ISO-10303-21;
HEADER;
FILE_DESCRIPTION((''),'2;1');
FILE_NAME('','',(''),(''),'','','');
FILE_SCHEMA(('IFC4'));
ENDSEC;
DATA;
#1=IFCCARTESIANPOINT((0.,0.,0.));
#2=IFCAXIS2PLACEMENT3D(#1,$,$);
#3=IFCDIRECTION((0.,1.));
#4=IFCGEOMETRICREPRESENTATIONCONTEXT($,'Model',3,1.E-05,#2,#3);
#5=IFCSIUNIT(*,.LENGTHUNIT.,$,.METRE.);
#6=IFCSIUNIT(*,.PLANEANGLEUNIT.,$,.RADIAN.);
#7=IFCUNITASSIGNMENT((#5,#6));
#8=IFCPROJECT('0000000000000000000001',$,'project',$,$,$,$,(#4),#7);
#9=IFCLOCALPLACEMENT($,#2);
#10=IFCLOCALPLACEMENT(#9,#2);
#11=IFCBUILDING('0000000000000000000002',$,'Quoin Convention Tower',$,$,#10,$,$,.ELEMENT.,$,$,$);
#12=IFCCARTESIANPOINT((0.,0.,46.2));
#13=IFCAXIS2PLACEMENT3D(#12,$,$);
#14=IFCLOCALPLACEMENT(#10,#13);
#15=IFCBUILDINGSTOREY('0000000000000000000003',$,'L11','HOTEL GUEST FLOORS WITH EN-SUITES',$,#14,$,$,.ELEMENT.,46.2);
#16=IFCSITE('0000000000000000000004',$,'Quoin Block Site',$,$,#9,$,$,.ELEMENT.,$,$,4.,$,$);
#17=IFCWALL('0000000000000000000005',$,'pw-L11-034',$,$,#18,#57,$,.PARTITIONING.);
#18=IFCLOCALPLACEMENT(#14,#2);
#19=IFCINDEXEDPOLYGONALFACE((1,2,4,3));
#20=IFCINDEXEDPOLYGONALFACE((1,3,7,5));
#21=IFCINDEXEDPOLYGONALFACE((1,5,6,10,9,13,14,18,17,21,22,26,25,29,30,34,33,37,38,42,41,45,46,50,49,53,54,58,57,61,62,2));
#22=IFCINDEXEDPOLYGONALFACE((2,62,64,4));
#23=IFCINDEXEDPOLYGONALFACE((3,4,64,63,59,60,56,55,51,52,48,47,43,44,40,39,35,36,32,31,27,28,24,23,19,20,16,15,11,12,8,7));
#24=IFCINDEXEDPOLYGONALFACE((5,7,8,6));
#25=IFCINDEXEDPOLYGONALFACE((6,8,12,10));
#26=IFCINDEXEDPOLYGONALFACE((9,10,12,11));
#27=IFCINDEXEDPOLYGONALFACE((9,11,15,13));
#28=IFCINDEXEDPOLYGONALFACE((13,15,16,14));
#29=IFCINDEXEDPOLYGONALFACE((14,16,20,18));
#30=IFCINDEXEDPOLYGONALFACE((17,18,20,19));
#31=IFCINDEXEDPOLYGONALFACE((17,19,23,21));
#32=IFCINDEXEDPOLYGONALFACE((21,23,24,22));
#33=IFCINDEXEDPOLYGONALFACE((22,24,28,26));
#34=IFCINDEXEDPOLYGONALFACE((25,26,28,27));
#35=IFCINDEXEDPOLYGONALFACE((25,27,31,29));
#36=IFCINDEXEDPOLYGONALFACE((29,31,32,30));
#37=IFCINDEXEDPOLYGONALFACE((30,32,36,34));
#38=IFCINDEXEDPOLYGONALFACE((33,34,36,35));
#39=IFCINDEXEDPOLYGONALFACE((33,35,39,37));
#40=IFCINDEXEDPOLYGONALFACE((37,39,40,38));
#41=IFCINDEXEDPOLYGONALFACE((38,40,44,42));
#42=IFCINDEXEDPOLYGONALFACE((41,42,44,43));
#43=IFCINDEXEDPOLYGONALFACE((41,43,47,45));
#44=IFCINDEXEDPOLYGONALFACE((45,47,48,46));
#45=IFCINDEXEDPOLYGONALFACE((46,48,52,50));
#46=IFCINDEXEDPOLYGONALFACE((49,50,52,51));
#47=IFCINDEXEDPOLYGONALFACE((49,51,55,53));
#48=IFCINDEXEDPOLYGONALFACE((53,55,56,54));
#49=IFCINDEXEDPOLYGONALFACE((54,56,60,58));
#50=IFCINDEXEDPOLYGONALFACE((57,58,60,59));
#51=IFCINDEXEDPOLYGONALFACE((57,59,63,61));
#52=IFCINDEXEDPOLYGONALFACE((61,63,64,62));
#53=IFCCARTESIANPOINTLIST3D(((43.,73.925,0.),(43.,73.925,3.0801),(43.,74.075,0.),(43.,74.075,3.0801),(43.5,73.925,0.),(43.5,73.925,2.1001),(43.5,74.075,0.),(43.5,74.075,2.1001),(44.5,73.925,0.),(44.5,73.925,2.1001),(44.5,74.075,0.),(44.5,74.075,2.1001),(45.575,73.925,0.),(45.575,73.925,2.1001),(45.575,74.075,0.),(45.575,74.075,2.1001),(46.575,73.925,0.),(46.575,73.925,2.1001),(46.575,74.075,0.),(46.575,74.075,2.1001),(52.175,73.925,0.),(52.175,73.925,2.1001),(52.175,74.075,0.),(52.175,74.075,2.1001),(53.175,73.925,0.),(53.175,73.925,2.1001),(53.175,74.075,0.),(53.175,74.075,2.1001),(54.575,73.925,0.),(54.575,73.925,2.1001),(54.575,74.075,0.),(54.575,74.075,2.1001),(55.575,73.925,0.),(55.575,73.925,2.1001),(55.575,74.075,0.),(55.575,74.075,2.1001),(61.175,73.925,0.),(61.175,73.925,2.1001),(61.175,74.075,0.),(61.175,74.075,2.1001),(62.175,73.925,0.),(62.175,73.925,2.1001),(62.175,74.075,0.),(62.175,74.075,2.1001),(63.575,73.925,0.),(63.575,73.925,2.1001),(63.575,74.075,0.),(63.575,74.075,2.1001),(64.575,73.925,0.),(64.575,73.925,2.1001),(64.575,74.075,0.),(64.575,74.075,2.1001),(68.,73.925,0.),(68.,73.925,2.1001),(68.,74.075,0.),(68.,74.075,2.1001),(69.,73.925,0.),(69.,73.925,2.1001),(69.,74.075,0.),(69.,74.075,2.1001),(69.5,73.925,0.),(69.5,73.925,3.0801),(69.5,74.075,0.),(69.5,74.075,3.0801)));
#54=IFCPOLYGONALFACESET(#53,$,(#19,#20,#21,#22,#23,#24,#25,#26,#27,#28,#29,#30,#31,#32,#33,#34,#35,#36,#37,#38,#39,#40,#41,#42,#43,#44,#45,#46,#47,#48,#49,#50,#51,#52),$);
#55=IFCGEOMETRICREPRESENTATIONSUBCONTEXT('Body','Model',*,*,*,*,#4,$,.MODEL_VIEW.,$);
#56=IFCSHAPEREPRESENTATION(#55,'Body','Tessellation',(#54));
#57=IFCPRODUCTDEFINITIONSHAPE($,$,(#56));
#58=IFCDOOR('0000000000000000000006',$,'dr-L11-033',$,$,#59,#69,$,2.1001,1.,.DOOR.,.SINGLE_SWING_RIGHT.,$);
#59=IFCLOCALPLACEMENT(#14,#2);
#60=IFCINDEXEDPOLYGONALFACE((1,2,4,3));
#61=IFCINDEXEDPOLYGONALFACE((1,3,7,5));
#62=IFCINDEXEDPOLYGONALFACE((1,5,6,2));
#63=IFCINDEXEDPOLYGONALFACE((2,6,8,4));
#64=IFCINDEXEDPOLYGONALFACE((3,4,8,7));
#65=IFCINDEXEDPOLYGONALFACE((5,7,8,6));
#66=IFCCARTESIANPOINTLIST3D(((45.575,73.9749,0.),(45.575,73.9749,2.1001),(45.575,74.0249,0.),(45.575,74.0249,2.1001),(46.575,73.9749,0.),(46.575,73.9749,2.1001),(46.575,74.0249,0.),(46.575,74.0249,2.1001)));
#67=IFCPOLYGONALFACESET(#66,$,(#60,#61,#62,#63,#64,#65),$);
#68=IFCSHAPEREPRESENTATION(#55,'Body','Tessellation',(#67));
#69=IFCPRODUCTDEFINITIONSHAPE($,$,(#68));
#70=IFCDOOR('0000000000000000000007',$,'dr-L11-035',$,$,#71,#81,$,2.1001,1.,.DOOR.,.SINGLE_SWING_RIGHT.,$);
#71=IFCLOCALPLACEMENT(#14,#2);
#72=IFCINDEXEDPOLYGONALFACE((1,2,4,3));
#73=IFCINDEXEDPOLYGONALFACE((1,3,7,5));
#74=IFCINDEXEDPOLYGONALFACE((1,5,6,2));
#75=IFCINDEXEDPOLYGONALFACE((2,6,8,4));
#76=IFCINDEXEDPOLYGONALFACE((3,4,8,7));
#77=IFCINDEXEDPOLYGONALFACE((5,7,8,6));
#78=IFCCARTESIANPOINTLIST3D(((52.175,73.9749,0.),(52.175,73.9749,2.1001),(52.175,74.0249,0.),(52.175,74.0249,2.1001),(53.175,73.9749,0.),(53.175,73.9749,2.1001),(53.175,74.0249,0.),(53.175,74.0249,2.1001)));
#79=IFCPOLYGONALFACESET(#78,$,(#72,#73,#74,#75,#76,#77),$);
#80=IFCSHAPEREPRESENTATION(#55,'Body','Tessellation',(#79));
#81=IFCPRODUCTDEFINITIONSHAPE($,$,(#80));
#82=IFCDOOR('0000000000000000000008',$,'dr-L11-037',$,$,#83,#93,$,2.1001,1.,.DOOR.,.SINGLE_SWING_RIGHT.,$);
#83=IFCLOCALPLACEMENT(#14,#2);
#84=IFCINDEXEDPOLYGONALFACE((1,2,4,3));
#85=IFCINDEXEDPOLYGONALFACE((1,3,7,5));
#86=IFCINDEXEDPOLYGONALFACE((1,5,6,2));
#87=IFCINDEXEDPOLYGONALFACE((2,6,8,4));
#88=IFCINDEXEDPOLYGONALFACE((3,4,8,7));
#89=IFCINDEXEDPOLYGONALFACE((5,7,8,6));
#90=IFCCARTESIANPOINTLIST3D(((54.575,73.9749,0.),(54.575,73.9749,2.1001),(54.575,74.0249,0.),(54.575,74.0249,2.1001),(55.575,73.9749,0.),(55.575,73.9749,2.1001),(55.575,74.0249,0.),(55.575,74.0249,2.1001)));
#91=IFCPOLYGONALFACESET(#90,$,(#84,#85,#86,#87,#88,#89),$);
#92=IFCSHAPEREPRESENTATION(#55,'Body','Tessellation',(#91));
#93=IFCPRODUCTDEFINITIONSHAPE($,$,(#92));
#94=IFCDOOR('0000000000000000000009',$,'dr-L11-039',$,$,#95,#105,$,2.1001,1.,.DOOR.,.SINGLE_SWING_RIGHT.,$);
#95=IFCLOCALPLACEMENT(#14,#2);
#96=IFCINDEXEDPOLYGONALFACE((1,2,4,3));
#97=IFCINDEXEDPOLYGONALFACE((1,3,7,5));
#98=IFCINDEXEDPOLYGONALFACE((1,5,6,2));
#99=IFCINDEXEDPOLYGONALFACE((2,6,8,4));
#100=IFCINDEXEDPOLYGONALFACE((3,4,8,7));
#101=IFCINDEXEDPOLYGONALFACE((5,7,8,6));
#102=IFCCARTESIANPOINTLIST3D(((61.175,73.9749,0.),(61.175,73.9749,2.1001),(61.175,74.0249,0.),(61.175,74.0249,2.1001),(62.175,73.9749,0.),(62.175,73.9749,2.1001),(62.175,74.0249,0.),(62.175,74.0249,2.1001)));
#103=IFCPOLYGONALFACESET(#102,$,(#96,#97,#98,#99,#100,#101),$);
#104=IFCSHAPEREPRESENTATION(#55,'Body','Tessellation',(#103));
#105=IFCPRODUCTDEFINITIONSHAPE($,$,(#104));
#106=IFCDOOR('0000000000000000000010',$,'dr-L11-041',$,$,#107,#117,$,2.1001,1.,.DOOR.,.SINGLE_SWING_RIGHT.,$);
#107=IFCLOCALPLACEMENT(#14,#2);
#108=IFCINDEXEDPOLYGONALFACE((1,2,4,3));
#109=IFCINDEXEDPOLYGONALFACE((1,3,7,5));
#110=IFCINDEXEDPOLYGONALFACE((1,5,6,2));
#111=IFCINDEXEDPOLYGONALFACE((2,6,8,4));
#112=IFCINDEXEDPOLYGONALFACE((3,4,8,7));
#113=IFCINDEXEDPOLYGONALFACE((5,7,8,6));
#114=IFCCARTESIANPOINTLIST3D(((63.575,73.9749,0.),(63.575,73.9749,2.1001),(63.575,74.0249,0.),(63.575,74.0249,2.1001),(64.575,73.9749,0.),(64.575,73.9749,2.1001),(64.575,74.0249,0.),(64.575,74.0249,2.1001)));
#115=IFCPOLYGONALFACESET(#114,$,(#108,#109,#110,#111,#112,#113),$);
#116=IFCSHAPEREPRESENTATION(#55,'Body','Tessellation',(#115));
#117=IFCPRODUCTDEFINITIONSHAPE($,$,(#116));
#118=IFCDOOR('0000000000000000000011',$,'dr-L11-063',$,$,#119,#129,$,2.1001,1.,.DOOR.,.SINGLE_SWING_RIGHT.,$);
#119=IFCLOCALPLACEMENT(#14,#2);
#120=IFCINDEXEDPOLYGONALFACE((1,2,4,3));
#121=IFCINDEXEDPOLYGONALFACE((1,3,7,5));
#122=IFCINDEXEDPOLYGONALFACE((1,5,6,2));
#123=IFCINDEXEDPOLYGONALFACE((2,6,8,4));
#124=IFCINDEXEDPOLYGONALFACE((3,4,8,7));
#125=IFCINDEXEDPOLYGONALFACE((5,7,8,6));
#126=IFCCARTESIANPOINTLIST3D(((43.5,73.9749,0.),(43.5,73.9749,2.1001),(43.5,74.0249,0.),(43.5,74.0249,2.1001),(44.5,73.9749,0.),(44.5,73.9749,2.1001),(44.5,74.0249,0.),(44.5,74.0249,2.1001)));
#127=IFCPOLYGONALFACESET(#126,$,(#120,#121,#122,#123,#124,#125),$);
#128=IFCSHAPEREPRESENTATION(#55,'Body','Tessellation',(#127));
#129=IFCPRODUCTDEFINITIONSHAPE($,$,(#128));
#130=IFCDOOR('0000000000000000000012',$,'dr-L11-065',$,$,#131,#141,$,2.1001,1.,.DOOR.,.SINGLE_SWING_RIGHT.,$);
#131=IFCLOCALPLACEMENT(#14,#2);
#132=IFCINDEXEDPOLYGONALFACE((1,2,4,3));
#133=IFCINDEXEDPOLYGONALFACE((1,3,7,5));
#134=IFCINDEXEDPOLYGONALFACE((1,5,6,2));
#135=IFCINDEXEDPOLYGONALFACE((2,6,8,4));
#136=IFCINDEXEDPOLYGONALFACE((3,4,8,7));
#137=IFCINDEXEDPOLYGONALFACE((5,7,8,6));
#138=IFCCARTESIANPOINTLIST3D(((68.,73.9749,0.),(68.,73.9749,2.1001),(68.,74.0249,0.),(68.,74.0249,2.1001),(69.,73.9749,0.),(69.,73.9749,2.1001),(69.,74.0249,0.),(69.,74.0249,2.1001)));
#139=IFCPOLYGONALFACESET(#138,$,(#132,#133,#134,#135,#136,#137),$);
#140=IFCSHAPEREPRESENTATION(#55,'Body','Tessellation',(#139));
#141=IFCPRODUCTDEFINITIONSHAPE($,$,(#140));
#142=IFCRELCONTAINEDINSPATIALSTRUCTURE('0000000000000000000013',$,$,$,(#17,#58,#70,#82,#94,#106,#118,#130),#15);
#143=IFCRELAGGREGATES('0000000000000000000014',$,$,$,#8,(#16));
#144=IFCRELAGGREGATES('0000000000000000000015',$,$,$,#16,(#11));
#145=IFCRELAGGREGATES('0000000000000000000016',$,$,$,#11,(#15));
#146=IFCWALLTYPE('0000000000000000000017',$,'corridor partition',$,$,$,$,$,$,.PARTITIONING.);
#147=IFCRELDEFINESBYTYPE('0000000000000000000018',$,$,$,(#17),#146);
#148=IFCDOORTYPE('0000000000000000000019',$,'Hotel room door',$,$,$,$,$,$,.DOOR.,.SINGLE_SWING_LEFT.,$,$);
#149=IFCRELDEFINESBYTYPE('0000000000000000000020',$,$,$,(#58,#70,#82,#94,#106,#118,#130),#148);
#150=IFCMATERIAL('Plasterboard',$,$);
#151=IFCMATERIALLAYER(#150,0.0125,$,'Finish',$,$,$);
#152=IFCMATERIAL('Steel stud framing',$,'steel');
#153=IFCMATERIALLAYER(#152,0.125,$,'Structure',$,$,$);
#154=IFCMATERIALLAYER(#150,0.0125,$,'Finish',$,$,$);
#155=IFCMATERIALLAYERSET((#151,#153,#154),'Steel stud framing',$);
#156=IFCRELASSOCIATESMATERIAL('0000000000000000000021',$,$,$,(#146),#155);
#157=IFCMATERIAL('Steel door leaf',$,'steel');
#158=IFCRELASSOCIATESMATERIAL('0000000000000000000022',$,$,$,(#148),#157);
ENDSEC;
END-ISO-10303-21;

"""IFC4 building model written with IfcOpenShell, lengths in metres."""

from ifc_helpers import new_model, si_unit, direction, frame, frame_2d, origin, place, context, subcontext, project, spatial, rectangle, extrude, material, layer, layer_set, type_object, element, fill, save


model = new_model("IFC4")

# Units and contexts
model_context = context("Model", 3, precision=1e-05, world=origin(), true_north=direction((0.0, 1.0)))
body_context = subcontext(model_context, "Body", "Model", "MODEL_VIEW")
ifc_project = project(units=[si_unit("LENGTHUNIT", "METRE"), si_unit("PLANEANGLEUNIT", "RADIAN")], contexts=[model_context])

# Site, building, storey
site_placement = place(None, origin())
site = spatial("IfcSite", under=ifc_project, at=site_placement, Name="Quoin Block Site", CompositionType="ELEMENT", RefElevation=4.0)
building_placement = place(site_placement, origin())
building = spatial("IfcBuilding", under=site, at=building_placement, Name="Quoin Convention Tower", CompositionType="ELEMENT")
storey_placement = place(building_placement, frame((0.0, 0.0, 46.2)))
storey = spatial("IfcBuildingStorey", under=building, at=storey_placement, Name="L11", Description="HOTEL GUEST FLOORS WITH EN-SUITES", CompositionType="ELEMENT", Elevation=46.2)

# Shared definitions
ifc_material_1 = material(Name="Plasterboard")
ifc_material_2 = material(Name="Steel stud framing", Category="steel")
ifc_material_3 = material(Name="Steel door leaf", Category="steel")

# Wall, openings, doors
ifc_layer_1 = layer(ifc_material_1, 0.0125, Name="Finish")
ifc_layer_2 = layer(ifc_material_2, 0.125, Name="Structure")
ifc_layer_3 = layer(ifc_material_1, 0.0125, Name="Finish")
ifc_layer_set_1 = layer_set([ifc_layer_1, ifc_layer_2, ifc_layer_3], Name="Steel stud framing")
wall_type_1 = type_object("IfcWallType", Name="corridor partition", PredefinedType="PARTITIONING", material=ifc_layer_set_1)
wall_1_placement = place(storey_placement, frame((43.0, 74.0, 0.0), z_axis=(0.0, 0.0, 1.0), x_axis=(1.0, 0.0, 0.0)))
wall_1 = element("IfcWall", 1, at=wall_1_placement, inside=storey, type_object=wall_type_1, Name="pw-L11-034", PredefinedType="PARTITIONING", context=body_context, shape_type="SweptSolid", body=[
    extrude(rectangle(XDim=26.5, YDim=0.1499, at=frame_2d((13.25, 0.0))), origin(), (0.0, 0.0, 1.0), 3.0801),
])
opening_1_placement = place(wall_1_placement, frame((2.575, 0.0, 0.0)))
opening_1 = element("IfcOpeningElement", 2, at=opening_1_placement, cuts=wall_1, PredefinedType="OPENING", context=body_context, shape_type="SweptSolid", body=[
    extrude(rectangle(XDim=1.0, YDim=2.1001, at=frame_2d((0.5, 1.05))), frame((0.0, 0.085, 0.0), z_axis=(0.0, -1.0, 0.0), x_axis=(1.0, 0.0, 0.0)), (0.0, 0.0, 1.0), 0.1699),
])
opening_2_placement = place(wall_1_placement, frame((9.175, 0.0, 0.0)))
opening_2 = element("IfcOpeningElement", 3, at=opening_2_placement, cuts=wall_1, PredefinedType="OPENING", context=body_context, shape_type="SweptSolid", body=[
    extrude(rectangle(XDim=1.0, YDim=2.1001, at=frame_2d((0.5, 1.05))), frame((0.0, 0.085, 0.0), z_axis=(0.0, -1.0, 0.0), x_axis=(1.0, 0.0, 0.0)), (0.0, 0.0, 1.0), 0.1699),
])
opening_3_placement = place(wall_1_placement, frame((11.575, 0.0, 0.0)))
opening_3 = element("IfcOpeningElement", 4, at=opening_3_placement, cuts=wall_1, PredefinedType="OPENING", context=body_context, shape_type="SweptSolid", body=[
    extrude(rectangle(XDim=1.0, YDim=2.1001, at=frame_2d((0.5, 1.05))), frame((0.0, 0.085, 0.0), z_axis=(0.0, -1.0, 0.0), x_axis=(1.0, 0.0, 0.0)), (0.0, 0.0, 1.0), 0.1699),
])
opening_4_placement = place(wall_1_placement, frame((18.175, 0.0, 0.0)))
opening_4 = element("IfcOpeningElement", 5, at=opening_4_placement, cuts=wall_1, PredefinedType="OPENING", context=body_context, shape_type="SweptSolid", body=[
    extrude(rectangle(XDim=1.0, YDim=2.1001, at=frame_2d((0.5, 1.05))), frame((0.0, 0.085, 0.0), z_axis=(0.0, -1.0, 0.0), x_axis=(1.0, 0.0, 0.0)), (0.0, 0.0, 1.0), 0.1699),
])
opening_5_placement = place(wall_1_placement, frame((20.575, 0.0, 0.0)))
opening_5 = element("IfcOpeningElement", 6, at=opening_5_placement, cuts=wall_1, PredefinedType="OPENING", context=body_context, shape_type="SweptSolid", body=[
    extrude(rectangle(XDim=1.0, YDim=2.1001, at=frame_2d((0.5, 1.05))), frame((0.0, 0.085, 0.0), z_axis=(0.0, -1.0, 0.0), x_axis=(1.0, 0.0, 0.0)), (0.0, 0.0, 1.0), 0.1699),
])
opening_6_placement = place(wall_1_placement, frame((0.5, 0.0, 0.0)))
opening_6 = element("IfcOpeningElement", 7, at=opening_6_placement, cuts=wall_1, PredefinedType="OPENING", context=body_context, shape_type="SweptSolid", body=[
    extrude(rectangle(XDim=1.0, YDim=2.1001, at=frame_2d((0.5, 1.05))), frame((0.0, 0.085, 0.0), z_axis=(0.0, -1.0, 0.0), x_axis=(1.0, 0.0, 0.0)), (0.0, 0.0, 1.0), 0.1699),
])
opening_7_placement = place(wall_1_placement, frame((25.0, 0.0, 0.0)))
opening_7 = element("IfcOpeningElement", 8, at=opening_7_placement, cuts=wall_1, PredefinedType="OPENING", context=body_context, shape_type="SweptSolid", body=[
    extrude(rectangle(XDim=1.0, YDim=2.1001, at=frame_2d((0.5, 1.05))), frame((0.0, 0.085, 0.0), z_axis=(0.0, -1.0, 0.0), x_axis=(1.0, 0.0, 0.0)), (0.0, 0.0, 1.0), 0.1699),
])
door_type_1 = type_object("IfcDoorType", Name="Hotel room door", OperationType="SINGLE_SWING_LEFT", PredefinedType="DOOR", material=ifc_material_3)
door_1_placement = place(opening_1_placement, origin())
door_1 = element("IfcDoor", 9, at=door_1_placement, inside=storey, type_object=door_type_1, Name="dr-L11-033", OperationType="SINGLE_SWING_RIGHT", OverallHeight=2.1001, OverallWidth=1.0, PredefinedType="DOOR", context=body_context, shape_type="SweptSolid", body=[
    extrude(rectangle(XDim=1.0, YDim=2.1001, at=frame_2d((0.5, 1.05))), frame((0.0, 0.0249, 0.0), z_axis=(0.0, -1.0, 0.0), x_axis=(1.0, 0.0, 0.0)), (0.0, 0.0, 1.0), 0.05),
])
fill(opening_1, door_1)
door_2_placement = place(opening_2_placement, origin())
door_2 = element("IfcDoor", 10, at=door_2_placement, inside=storey, type_object=door_type_1, Name="dr-L11-035", OperationType="SINGLE_SWING_RIGHT", OverallHeight=2.1001, OverallWidth=1.0, PredefinedType="DOOR", context=body_context, shape_type="SweptSolid", body=[
    extrude(rectangle(XDim=1.0, YDim=2.1001, at=frame_2d((0.5, 1.05))), frame((0.0, 0.0249, 0.0), z_axis=(0.0, -1.0, 0.0), x_axis=(1.0, 0.0, 0.0)), (0.0, 0.0, 1.0), 0.05),
])
fill(opening_2, door_2)
door_3_placement = place(opening_3_placement, origin())
door_3 = element("IfcDoor", 11, at=door_3_placement, inside=storey, type_object=door_type_1, Name="dr-L11-037", OperationType="SINGLE_SWING_RIGHT", OverallHeight=2.1001, OverallWidth=1.0, PredefinedType="DOOR", context=body_context, shape_type="SweptSolid", body=[
    extrude(rectangle(XDim=1.0, YDim=2.1001, at=frame_2d((0.5, 1.05))), frame((0.0, 0.0249, 0.0), z_axis=(0.0, -1.0, 0.0), x_axis=(1.0, 0.0, 0.0)), (0.0, 0.0, 1.0), 0.05),
])
fill(opening_3, door_3)
door_4_placement = place(opening_4_placement, origin())
door_4 = element("IfcDoor", 12, at=door_4_placement, inside=storey, type_object=door_type_1, Name="dr-L11-039", OperationType="SINGLE_SWING_RIGHT", OverallHeight=2.1001, OverallWidth=1.0, PredefinedType="DOOR", context=body_context, shape_type="SweptSolid", body=[
    extrude(rectangle(XDim=1.0, YDim=2.1001, at=frame_2d((0.5, 1.05))), frame((0.0, 0.0249, 0.0), z_axis=(0.0, -1.0, 0.0), x_axis=(1.0, 0.0, 0.0)), (0.0, 0.0, 1.0), 0.05),
])
fill(opening_4, door_4)
door_5_placement = place(opening_5_placement, origin())
door_5 = element("IfcDoor", 13, at=door_5_placement, inside=storey, type_object=door_type_1, Name="dr-L11-041", OperationType="SINGLE_SWING_RIGHT", OverallHeight=2.1001, OverallWidth=1.0, PredefinedType="DOOR", context=body_context, shape_type="SweptSolid", body=[
    extrude(rectangle(XDim=1.0, YDim=2.1001, at=frame_2d((0.5, 1.05))), frame((0.0, 0.0249, 0.0), z_axis=(0.0, -1.0, 0.0), x_axis=(1.0, 0.0, 0.0)), (0.0, 0.0, 1.0), 0.05),
])
fill(opening_5, door_5)
door_6_placement = place(opening_6_placement, origin())
door_6 = element("IfcDoor", 14, at=door_6_placement, inside=storey, type_object=door_type_1, Name="dr-L11-063", OperationType="SINGLE_SWING_RIGHT", OverallHeight=2.1001, OverallWidth=1.0, PredefinedType="DOOR", context=body_context, shape_type="SweptSolid", body=[
    extrude(rectangle(XDim=1.0, YDim=2.1001, at=frame_2d((0.5, 1.05))), frame((0.0, 0.0249, 0.0), z_axis=(0.0, -1.0, 0.0), x_axis=(1.0, 0.0, 0.0)), (0.0, 0.0, 1.0), 0.05),
])
fill(opening_6, door_6)
door_7_placement = place(opening_7_placement, origin())
door_7 = element("IfcDoor", 15, at=door_7_placement, inside=storey, type_object=door_type_1, Name="dr-L11-065", OperationType="SINGLE_SWING_RIGHT", OverallHeight=2.1001, OverallWidth=1.0, PredefinedType="DOOR", context=body_context, shape_type="SweptSolid", body=[
    extrude(rectangle(XDim=1.0, YDim=2.1001, at=frame_2d((0.5, 1.05))), frame((0.0, 0.0249, 0.0), z_axis=(0.0, -1.0, 0.0), x_axis=(1.0, 0.0, 0.0)), (0.0, 0.0, 1.0), 0.05),
])
fill(opening_7, door_7)

save(model, "model.ifc")
